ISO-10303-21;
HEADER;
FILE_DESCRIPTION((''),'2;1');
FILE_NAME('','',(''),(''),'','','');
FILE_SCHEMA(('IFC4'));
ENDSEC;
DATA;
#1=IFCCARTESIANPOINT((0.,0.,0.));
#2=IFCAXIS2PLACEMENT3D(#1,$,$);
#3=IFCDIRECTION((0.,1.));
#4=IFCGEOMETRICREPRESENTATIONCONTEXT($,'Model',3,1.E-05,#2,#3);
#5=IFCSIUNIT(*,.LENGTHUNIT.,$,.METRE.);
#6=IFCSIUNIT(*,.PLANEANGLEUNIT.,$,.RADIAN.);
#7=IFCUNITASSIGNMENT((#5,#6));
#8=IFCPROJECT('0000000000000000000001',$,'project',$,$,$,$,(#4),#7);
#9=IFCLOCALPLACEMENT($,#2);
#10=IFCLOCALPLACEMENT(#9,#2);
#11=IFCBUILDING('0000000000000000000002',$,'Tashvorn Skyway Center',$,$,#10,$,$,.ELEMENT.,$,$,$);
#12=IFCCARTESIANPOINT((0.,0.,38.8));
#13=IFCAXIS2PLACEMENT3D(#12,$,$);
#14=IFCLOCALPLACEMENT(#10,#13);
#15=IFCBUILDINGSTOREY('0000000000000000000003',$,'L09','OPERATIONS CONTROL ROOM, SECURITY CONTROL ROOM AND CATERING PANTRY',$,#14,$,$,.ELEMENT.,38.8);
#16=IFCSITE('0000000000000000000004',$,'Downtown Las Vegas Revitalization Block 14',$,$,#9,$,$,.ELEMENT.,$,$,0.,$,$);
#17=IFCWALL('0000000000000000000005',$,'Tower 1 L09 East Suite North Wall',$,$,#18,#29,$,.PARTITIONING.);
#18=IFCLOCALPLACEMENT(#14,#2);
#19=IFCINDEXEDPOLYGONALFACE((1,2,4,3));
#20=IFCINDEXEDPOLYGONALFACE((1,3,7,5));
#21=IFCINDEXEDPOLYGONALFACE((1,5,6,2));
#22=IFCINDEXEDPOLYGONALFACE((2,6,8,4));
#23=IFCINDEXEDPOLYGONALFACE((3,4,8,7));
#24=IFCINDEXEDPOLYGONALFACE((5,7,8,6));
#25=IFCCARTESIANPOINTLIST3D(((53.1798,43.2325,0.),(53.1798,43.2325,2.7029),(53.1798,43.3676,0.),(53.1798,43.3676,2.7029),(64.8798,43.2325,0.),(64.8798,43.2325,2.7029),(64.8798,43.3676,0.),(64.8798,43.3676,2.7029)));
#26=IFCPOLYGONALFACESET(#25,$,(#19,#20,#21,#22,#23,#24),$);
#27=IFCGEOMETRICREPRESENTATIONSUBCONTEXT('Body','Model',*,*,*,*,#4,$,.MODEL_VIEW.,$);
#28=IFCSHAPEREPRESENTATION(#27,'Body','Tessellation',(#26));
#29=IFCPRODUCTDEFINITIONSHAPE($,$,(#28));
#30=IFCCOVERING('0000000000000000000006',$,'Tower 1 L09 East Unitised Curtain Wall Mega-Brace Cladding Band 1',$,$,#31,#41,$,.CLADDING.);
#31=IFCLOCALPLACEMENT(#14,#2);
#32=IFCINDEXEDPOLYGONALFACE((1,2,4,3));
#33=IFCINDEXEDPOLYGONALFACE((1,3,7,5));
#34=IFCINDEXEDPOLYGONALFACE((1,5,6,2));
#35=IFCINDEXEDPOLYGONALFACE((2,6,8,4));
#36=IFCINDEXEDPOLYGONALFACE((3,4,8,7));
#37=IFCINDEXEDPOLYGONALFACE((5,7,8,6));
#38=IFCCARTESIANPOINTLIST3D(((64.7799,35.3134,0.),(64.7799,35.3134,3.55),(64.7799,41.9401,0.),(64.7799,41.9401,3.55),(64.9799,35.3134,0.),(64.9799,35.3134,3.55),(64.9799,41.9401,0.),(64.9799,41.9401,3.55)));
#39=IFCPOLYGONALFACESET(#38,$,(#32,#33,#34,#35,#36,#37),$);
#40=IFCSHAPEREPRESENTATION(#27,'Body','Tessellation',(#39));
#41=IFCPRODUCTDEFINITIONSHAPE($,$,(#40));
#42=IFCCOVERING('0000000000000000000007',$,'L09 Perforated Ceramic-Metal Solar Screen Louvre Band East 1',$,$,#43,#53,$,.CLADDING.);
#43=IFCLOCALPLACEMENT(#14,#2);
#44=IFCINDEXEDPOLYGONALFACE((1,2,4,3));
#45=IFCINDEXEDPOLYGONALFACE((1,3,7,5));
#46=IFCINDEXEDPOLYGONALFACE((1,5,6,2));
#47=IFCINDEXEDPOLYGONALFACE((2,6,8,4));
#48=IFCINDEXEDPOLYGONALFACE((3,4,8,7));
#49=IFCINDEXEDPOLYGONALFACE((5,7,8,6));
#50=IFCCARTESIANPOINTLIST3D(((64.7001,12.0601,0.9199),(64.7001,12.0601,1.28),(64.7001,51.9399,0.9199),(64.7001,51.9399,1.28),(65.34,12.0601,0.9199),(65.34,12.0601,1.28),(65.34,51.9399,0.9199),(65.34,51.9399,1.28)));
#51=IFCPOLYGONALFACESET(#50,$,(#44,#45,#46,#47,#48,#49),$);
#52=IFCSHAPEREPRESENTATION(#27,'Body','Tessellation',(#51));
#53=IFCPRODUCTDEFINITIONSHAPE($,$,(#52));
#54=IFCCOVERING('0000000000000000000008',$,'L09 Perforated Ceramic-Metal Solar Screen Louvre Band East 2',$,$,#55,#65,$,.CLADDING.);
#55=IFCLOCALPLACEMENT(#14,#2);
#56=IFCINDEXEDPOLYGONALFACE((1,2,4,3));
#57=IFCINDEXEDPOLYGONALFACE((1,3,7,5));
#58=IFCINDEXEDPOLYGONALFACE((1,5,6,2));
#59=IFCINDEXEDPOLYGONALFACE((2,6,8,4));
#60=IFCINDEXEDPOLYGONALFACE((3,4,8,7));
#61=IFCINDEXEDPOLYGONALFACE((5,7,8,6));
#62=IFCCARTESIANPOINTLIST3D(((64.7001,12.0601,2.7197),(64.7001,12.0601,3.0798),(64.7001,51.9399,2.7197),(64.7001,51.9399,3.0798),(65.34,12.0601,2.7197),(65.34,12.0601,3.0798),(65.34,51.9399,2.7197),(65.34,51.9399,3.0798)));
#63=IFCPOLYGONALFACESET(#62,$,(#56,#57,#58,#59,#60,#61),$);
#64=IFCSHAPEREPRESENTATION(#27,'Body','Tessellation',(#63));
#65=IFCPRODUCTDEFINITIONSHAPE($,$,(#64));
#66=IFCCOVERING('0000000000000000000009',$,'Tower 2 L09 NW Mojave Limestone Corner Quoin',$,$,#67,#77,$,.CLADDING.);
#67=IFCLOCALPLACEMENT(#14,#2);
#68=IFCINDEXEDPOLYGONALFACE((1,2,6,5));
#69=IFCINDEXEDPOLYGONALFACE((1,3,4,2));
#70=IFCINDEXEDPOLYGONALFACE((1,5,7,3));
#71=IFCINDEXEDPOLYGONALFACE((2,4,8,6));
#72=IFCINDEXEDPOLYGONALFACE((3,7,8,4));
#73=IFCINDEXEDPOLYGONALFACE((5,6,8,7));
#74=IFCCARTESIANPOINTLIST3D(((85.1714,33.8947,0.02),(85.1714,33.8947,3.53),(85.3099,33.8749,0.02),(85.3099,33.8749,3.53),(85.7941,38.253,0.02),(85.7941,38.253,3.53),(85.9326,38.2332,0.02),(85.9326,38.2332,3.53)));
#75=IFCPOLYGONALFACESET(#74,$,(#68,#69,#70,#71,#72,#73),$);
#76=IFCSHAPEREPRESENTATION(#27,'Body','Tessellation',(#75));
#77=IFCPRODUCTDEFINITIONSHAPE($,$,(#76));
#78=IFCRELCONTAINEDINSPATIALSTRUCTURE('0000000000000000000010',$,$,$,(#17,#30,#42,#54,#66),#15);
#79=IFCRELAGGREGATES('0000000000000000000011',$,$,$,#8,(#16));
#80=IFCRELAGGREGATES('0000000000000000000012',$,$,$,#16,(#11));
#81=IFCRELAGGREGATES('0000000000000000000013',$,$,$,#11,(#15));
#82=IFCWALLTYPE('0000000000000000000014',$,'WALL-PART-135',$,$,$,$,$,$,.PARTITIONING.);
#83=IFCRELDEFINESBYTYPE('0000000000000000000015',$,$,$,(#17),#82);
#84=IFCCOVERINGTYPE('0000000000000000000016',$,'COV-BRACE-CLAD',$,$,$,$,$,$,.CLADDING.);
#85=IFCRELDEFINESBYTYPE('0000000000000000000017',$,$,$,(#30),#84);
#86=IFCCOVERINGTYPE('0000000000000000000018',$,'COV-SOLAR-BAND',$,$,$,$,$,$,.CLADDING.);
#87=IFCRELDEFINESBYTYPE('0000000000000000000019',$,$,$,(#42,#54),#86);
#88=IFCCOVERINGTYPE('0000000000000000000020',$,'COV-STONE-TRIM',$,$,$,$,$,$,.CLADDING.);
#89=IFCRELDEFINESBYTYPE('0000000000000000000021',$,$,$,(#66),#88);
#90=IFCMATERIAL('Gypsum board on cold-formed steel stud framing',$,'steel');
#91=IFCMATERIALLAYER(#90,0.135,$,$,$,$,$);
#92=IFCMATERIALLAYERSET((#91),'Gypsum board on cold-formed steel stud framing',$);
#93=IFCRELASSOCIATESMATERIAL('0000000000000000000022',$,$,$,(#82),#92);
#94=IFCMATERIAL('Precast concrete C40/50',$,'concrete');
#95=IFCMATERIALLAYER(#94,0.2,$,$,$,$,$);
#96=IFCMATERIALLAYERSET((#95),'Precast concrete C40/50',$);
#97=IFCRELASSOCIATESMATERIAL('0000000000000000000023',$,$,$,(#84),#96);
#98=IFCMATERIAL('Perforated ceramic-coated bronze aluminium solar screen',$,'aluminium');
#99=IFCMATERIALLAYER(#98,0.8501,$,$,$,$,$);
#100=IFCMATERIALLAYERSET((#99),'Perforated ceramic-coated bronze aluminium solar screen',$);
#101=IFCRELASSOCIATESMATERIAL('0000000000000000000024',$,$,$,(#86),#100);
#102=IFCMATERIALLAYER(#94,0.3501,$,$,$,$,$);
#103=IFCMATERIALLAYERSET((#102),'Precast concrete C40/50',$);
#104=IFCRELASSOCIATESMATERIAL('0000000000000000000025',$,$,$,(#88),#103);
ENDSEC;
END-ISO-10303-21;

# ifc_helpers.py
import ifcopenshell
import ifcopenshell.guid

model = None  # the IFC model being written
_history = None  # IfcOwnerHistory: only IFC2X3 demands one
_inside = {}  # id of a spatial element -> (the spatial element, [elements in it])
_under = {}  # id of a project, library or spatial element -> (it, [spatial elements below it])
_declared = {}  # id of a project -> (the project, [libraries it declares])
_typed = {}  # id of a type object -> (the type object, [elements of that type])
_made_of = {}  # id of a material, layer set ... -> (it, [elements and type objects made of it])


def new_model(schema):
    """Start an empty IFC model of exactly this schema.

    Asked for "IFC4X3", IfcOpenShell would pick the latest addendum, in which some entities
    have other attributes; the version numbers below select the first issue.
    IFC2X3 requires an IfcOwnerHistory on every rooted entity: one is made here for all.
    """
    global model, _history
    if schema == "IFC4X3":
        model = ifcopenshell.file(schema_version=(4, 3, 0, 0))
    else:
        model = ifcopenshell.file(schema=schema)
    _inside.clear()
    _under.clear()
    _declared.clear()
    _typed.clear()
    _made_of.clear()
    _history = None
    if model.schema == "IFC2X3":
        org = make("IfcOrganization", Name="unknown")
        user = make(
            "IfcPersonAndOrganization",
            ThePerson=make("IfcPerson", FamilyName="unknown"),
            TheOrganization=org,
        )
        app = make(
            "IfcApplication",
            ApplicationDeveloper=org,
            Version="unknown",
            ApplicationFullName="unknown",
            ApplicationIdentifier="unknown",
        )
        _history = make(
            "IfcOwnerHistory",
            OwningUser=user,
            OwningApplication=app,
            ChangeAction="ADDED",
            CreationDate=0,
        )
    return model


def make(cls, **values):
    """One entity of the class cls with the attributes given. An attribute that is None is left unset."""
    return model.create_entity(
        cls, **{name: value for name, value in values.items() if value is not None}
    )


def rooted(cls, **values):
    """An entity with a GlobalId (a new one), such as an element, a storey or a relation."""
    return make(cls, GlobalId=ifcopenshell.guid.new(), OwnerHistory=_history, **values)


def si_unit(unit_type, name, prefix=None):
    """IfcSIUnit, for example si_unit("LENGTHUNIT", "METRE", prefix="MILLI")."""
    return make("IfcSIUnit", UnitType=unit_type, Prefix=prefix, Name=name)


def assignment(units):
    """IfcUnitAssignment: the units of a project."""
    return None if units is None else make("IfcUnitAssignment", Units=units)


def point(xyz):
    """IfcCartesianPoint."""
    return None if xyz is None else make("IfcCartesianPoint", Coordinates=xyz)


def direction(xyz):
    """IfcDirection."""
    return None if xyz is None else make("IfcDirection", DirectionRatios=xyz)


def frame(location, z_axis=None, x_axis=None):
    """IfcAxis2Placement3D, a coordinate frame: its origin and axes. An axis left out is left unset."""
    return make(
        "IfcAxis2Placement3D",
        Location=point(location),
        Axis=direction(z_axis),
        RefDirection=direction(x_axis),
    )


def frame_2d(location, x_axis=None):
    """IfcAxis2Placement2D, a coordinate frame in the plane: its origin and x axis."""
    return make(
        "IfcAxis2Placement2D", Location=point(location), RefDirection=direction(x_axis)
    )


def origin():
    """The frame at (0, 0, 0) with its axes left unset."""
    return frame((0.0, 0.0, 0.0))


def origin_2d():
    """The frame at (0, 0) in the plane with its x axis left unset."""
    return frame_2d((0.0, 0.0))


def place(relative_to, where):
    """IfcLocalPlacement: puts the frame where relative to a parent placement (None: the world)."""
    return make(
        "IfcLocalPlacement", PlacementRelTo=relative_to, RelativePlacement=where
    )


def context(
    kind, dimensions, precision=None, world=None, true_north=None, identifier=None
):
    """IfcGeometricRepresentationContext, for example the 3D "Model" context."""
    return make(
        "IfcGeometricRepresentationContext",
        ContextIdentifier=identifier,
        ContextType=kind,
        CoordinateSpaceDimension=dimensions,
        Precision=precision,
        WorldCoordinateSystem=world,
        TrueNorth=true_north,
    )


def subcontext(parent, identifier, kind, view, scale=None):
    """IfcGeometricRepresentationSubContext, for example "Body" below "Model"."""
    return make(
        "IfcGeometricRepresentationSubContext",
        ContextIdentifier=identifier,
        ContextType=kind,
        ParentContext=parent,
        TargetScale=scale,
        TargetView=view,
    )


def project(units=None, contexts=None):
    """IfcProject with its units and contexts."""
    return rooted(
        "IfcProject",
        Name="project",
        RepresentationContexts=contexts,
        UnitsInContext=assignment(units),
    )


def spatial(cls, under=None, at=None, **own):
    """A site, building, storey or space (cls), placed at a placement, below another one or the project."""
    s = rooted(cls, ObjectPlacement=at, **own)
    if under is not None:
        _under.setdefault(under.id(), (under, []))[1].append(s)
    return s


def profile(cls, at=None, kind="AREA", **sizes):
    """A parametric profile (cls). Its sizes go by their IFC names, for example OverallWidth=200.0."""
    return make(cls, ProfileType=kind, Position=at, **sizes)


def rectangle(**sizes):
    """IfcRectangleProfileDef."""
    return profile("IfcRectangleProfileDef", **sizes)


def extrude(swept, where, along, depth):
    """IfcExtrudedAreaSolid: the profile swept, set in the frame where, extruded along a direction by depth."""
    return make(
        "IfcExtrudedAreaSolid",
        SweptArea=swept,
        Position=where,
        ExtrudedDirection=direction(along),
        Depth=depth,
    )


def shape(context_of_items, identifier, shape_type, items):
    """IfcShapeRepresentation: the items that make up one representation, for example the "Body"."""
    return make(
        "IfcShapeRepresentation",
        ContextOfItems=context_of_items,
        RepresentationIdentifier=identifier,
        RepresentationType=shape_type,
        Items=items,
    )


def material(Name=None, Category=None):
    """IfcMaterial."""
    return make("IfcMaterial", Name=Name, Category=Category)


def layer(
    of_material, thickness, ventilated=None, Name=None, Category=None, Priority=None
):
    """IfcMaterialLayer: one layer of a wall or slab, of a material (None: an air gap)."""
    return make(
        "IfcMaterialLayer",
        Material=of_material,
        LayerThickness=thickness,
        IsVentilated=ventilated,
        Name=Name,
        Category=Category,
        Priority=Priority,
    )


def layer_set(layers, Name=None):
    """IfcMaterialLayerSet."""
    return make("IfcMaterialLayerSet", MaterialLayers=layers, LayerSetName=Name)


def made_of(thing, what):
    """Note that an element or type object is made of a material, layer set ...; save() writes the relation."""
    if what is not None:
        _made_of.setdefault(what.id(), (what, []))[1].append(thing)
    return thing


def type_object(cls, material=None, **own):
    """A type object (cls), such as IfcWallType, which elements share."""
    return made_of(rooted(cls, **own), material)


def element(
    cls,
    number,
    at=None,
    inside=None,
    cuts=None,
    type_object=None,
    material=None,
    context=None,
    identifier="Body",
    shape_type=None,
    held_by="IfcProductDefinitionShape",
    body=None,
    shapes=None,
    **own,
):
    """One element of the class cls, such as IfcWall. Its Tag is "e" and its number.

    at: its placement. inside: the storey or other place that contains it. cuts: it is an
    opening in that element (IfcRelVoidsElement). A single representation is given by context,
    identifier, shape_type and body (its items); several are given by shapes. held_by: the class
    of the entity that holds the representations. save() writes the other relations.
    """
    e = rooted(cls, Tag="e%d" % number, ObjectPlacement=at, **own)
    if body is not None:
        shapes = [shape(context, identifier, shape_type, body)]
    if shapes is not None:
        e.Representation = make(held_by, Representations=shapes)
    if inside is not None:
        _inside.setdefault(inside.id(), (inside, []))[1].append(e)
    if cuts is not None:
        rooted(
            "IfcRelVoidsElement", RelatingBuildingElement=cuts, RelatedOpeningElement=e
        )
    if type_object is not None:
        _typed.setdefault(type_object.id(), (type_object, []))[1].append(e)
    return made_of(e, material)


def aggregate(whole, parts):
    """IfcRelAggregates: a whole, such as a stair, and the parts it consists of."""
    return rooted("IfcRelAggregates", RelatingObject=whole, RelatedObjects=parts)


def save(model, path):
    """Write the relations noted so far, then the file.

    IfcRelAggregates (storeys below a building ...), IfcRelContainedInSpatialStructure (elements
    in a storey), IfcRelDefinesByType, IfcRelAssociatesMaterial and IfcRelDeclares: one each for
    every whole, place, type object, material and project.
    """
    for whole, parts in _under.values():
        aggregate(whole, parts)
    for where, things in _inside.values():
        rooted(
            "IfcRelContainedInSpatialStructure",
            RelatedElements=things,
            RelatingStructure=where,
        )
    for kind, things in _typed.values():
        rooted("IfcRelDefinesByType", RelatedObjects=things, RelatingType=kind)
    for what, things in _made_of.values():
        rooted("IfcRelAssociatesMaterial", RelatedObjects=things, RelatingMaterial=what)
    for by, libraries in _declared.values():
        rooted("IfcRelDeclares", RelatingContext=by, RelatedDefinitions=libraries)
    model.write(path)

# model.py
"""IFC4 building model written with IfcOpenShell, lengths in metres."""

from ifc_helpers import new_model, si_unit, direction, frame, frame_2d, origin, origin_2d, place, context, subcontext, project, spatial, rectangle, extrude, material, layer, layer_set, type_object, element, save


model = new_model("IFC4")

# Units and contexts
model_context = context("Model", 3, precision=1e-05, world=origin(), true_north=direction((0.0, 1.0)))
body_context = subcontext(model_context, "Body", "Model", "MODEL_VIEW")
ifc_project = project(units=[si_unit("LENGTHUNIT", "METRE"), si_unit("PLANEANGLEUNIT", "RADIAN")], contexts=[model_context])

# Site, building, storey
site_placement = place(None, origin())
site = spatial("IfcSite", under=ifc_project, at=site_placement, Name="Downtown Las Vegas Revitalization Block 14", CompositionType="ELEMENT", RefElevation=0.0)
building_placement = place(site_placement, origin())
building = spatial("IfcBuilding", under=site, at=building_placement, Name="Tashvorn Skyway Center", CompositionType="ELEMENT")
storey_placement = place(building_placement, frame((0.0, 0.0, 38.8)))
storey = spatial("IfcBuildingStorey", under=building, at=storey_placement, Name="L09", Description="OPERATIONS CONTROL ROOM, SECURITY CONTROL ROOM AND CATERING PANTRY", CompositionType="ELEMENT", Elevation=38.8)

# Wall
ifc_material_1 = material(Name="Precast concrete C40/50", Category="concrete")
ifc_material_2 = material(Name="Gypsum board on cold-formed steel stud framing", Category="steel")
ifc_layer_1 = layer(ifc_material_2, 0.135)
ifc_layer_set_1 = layer_set([ifc_layer_1], Name="Gypsum board on cold-formed steel stud framing")
wall_type_1 = type_object("IfcWallType", Name="WALL-PART-135", PredefinedType="PARTITIONING", material=ifc_layer_set_1)
wall_1_placement = place(storey_placement, frame((64.8799, 43.3, 0.0), z_axis=(0.0, 0.0, 1.0), x_axis=(-1.0, 0.0, 0.0)))
element("IfcWall", 1, at=wall_1_placement, inside=storey, type_object=wall_type_1, Name="Tower 1 L09 East Suite North Wall", PredefinedType="PARTITIONING", context=body_context, shape_type="SweptSolid", body=[
    extrude(rectangle(XDim=11.7, YDim=0.135, at=frame_2d((5.8501, 0.0))), origin(), (0.0, 0.0, 1.0), 2.7029),
])

# Coverings
ifc_layer_2 = layer(ifc_material_1, 0.2)
ifc_layer_set_2 = layer_set([ifc_layer_2], Name="Precast concrete C40/50")
covering_type_1 = type_object("IfcCoveringType", Name="COV-BRACE-CLAD", PredefinedType="CLADDING", material=ifc_layer_set_2)
covering_1_placement = place(storey_placement, frame((64.8799, 38.6267, 0.0), z_axis=(0.0, 0.0, 1.0), x_axis=(0.0, -1.0, 0.0)))
element("IfcCovering", 2, at=covering_1_placement, inside=storey, type_object=covering_type_1, Name="Tower 1 L09 East Unitised Curtain Wall Mega-Brace Cladding Band 1", PredefinedType="CLADDING", context=body_context, shape_type="SweptSolid", body=[
    extrude(rectangle(XDim=6.6267, YDim=0.2, at=origin_2d()), origin(), (0.0, 0.0, 1.0), 3.55),
])
ifc_material_3 = material(Name="Perforated ceramic-coated bronze aluminium solar screen", Category="aluminium")
ifc_layer_3 = layer(ifc_material_3, 0.8501)
ifc_layer_set_3 = layer_set([ifc_layer_3], Name="Perforated ceramic-coated bronze aluminium solar screen")
covering_type_2 = type_object("IfcCoveringType", Name="COV-SOLAR-BAND", PredefinedType="CLADDING", material=ifc_layer_set_3)
for number, where, z_axis, x_axis, name in (
    (3, (65.02, 32.0, 0.9199), (0.0, 0.0, 1.0), (0.0, -1.0, 0.0), "L09 Perforated Ceramic-Metal Solar Screen Louvre Band East 1"),
    (4, (65.02, 32.0, 2.7197), (0.0, 0.0, 1.0), (0.0, -1.0, 0.0), "L09 Perforated Ceramic-Metal Solar Screen Louvre Band East 2"),
):
    element("IfcCovering", number, at=place(storey_placement, frame(where, z_axis=z_axis, x_axis=x_axis)), inside=storey, type_object=covering_type_2, Name=name, PredefinedType="CLADDING", context=body_context, shape_type="SweptSolid", body=[
        extrude(rectangle(XDim=39.8799, YDim=0.6399, at=origin_2d()), origin(), (0.0, 0.0, 1.0), 0.3601),
    ])
ifc_layer_4 = layer(ifc_material_1, 0.3501)
ifc_layer_set_4 = layer_set([ifc_layer_4], Name="Precast concrete C40/50")
covering_type_3 = type_object("IfcCoveringType", Name="COV-STONE-TRIM", PredefinedType="CLADDING", material=ifc_layer_set_4)
covering_2_placement = place(storey_placement, frame((85.552, 36.064, 0.02), z_axis=(0.0, 0.0, 1.0), x_axis=(-0.141421, -0.989949, 0.0)))
element("IfcCovering", 5, at=covering_2_placement, inside=storey, type_object=covering_type_3, Name="Tower 2 L09 NW Mojave Limestone Corner Quoin", PredefinedType="CLADDING", context=body_context, shape_type="SweptSolid", body=[
    extrude(rectangle(XDim=4.4026, YDim=0.1399, at=origin_2d()), origin(), (0.0, 0.0, 1.0), 3.51),
])

save(model, "model.ifc")
